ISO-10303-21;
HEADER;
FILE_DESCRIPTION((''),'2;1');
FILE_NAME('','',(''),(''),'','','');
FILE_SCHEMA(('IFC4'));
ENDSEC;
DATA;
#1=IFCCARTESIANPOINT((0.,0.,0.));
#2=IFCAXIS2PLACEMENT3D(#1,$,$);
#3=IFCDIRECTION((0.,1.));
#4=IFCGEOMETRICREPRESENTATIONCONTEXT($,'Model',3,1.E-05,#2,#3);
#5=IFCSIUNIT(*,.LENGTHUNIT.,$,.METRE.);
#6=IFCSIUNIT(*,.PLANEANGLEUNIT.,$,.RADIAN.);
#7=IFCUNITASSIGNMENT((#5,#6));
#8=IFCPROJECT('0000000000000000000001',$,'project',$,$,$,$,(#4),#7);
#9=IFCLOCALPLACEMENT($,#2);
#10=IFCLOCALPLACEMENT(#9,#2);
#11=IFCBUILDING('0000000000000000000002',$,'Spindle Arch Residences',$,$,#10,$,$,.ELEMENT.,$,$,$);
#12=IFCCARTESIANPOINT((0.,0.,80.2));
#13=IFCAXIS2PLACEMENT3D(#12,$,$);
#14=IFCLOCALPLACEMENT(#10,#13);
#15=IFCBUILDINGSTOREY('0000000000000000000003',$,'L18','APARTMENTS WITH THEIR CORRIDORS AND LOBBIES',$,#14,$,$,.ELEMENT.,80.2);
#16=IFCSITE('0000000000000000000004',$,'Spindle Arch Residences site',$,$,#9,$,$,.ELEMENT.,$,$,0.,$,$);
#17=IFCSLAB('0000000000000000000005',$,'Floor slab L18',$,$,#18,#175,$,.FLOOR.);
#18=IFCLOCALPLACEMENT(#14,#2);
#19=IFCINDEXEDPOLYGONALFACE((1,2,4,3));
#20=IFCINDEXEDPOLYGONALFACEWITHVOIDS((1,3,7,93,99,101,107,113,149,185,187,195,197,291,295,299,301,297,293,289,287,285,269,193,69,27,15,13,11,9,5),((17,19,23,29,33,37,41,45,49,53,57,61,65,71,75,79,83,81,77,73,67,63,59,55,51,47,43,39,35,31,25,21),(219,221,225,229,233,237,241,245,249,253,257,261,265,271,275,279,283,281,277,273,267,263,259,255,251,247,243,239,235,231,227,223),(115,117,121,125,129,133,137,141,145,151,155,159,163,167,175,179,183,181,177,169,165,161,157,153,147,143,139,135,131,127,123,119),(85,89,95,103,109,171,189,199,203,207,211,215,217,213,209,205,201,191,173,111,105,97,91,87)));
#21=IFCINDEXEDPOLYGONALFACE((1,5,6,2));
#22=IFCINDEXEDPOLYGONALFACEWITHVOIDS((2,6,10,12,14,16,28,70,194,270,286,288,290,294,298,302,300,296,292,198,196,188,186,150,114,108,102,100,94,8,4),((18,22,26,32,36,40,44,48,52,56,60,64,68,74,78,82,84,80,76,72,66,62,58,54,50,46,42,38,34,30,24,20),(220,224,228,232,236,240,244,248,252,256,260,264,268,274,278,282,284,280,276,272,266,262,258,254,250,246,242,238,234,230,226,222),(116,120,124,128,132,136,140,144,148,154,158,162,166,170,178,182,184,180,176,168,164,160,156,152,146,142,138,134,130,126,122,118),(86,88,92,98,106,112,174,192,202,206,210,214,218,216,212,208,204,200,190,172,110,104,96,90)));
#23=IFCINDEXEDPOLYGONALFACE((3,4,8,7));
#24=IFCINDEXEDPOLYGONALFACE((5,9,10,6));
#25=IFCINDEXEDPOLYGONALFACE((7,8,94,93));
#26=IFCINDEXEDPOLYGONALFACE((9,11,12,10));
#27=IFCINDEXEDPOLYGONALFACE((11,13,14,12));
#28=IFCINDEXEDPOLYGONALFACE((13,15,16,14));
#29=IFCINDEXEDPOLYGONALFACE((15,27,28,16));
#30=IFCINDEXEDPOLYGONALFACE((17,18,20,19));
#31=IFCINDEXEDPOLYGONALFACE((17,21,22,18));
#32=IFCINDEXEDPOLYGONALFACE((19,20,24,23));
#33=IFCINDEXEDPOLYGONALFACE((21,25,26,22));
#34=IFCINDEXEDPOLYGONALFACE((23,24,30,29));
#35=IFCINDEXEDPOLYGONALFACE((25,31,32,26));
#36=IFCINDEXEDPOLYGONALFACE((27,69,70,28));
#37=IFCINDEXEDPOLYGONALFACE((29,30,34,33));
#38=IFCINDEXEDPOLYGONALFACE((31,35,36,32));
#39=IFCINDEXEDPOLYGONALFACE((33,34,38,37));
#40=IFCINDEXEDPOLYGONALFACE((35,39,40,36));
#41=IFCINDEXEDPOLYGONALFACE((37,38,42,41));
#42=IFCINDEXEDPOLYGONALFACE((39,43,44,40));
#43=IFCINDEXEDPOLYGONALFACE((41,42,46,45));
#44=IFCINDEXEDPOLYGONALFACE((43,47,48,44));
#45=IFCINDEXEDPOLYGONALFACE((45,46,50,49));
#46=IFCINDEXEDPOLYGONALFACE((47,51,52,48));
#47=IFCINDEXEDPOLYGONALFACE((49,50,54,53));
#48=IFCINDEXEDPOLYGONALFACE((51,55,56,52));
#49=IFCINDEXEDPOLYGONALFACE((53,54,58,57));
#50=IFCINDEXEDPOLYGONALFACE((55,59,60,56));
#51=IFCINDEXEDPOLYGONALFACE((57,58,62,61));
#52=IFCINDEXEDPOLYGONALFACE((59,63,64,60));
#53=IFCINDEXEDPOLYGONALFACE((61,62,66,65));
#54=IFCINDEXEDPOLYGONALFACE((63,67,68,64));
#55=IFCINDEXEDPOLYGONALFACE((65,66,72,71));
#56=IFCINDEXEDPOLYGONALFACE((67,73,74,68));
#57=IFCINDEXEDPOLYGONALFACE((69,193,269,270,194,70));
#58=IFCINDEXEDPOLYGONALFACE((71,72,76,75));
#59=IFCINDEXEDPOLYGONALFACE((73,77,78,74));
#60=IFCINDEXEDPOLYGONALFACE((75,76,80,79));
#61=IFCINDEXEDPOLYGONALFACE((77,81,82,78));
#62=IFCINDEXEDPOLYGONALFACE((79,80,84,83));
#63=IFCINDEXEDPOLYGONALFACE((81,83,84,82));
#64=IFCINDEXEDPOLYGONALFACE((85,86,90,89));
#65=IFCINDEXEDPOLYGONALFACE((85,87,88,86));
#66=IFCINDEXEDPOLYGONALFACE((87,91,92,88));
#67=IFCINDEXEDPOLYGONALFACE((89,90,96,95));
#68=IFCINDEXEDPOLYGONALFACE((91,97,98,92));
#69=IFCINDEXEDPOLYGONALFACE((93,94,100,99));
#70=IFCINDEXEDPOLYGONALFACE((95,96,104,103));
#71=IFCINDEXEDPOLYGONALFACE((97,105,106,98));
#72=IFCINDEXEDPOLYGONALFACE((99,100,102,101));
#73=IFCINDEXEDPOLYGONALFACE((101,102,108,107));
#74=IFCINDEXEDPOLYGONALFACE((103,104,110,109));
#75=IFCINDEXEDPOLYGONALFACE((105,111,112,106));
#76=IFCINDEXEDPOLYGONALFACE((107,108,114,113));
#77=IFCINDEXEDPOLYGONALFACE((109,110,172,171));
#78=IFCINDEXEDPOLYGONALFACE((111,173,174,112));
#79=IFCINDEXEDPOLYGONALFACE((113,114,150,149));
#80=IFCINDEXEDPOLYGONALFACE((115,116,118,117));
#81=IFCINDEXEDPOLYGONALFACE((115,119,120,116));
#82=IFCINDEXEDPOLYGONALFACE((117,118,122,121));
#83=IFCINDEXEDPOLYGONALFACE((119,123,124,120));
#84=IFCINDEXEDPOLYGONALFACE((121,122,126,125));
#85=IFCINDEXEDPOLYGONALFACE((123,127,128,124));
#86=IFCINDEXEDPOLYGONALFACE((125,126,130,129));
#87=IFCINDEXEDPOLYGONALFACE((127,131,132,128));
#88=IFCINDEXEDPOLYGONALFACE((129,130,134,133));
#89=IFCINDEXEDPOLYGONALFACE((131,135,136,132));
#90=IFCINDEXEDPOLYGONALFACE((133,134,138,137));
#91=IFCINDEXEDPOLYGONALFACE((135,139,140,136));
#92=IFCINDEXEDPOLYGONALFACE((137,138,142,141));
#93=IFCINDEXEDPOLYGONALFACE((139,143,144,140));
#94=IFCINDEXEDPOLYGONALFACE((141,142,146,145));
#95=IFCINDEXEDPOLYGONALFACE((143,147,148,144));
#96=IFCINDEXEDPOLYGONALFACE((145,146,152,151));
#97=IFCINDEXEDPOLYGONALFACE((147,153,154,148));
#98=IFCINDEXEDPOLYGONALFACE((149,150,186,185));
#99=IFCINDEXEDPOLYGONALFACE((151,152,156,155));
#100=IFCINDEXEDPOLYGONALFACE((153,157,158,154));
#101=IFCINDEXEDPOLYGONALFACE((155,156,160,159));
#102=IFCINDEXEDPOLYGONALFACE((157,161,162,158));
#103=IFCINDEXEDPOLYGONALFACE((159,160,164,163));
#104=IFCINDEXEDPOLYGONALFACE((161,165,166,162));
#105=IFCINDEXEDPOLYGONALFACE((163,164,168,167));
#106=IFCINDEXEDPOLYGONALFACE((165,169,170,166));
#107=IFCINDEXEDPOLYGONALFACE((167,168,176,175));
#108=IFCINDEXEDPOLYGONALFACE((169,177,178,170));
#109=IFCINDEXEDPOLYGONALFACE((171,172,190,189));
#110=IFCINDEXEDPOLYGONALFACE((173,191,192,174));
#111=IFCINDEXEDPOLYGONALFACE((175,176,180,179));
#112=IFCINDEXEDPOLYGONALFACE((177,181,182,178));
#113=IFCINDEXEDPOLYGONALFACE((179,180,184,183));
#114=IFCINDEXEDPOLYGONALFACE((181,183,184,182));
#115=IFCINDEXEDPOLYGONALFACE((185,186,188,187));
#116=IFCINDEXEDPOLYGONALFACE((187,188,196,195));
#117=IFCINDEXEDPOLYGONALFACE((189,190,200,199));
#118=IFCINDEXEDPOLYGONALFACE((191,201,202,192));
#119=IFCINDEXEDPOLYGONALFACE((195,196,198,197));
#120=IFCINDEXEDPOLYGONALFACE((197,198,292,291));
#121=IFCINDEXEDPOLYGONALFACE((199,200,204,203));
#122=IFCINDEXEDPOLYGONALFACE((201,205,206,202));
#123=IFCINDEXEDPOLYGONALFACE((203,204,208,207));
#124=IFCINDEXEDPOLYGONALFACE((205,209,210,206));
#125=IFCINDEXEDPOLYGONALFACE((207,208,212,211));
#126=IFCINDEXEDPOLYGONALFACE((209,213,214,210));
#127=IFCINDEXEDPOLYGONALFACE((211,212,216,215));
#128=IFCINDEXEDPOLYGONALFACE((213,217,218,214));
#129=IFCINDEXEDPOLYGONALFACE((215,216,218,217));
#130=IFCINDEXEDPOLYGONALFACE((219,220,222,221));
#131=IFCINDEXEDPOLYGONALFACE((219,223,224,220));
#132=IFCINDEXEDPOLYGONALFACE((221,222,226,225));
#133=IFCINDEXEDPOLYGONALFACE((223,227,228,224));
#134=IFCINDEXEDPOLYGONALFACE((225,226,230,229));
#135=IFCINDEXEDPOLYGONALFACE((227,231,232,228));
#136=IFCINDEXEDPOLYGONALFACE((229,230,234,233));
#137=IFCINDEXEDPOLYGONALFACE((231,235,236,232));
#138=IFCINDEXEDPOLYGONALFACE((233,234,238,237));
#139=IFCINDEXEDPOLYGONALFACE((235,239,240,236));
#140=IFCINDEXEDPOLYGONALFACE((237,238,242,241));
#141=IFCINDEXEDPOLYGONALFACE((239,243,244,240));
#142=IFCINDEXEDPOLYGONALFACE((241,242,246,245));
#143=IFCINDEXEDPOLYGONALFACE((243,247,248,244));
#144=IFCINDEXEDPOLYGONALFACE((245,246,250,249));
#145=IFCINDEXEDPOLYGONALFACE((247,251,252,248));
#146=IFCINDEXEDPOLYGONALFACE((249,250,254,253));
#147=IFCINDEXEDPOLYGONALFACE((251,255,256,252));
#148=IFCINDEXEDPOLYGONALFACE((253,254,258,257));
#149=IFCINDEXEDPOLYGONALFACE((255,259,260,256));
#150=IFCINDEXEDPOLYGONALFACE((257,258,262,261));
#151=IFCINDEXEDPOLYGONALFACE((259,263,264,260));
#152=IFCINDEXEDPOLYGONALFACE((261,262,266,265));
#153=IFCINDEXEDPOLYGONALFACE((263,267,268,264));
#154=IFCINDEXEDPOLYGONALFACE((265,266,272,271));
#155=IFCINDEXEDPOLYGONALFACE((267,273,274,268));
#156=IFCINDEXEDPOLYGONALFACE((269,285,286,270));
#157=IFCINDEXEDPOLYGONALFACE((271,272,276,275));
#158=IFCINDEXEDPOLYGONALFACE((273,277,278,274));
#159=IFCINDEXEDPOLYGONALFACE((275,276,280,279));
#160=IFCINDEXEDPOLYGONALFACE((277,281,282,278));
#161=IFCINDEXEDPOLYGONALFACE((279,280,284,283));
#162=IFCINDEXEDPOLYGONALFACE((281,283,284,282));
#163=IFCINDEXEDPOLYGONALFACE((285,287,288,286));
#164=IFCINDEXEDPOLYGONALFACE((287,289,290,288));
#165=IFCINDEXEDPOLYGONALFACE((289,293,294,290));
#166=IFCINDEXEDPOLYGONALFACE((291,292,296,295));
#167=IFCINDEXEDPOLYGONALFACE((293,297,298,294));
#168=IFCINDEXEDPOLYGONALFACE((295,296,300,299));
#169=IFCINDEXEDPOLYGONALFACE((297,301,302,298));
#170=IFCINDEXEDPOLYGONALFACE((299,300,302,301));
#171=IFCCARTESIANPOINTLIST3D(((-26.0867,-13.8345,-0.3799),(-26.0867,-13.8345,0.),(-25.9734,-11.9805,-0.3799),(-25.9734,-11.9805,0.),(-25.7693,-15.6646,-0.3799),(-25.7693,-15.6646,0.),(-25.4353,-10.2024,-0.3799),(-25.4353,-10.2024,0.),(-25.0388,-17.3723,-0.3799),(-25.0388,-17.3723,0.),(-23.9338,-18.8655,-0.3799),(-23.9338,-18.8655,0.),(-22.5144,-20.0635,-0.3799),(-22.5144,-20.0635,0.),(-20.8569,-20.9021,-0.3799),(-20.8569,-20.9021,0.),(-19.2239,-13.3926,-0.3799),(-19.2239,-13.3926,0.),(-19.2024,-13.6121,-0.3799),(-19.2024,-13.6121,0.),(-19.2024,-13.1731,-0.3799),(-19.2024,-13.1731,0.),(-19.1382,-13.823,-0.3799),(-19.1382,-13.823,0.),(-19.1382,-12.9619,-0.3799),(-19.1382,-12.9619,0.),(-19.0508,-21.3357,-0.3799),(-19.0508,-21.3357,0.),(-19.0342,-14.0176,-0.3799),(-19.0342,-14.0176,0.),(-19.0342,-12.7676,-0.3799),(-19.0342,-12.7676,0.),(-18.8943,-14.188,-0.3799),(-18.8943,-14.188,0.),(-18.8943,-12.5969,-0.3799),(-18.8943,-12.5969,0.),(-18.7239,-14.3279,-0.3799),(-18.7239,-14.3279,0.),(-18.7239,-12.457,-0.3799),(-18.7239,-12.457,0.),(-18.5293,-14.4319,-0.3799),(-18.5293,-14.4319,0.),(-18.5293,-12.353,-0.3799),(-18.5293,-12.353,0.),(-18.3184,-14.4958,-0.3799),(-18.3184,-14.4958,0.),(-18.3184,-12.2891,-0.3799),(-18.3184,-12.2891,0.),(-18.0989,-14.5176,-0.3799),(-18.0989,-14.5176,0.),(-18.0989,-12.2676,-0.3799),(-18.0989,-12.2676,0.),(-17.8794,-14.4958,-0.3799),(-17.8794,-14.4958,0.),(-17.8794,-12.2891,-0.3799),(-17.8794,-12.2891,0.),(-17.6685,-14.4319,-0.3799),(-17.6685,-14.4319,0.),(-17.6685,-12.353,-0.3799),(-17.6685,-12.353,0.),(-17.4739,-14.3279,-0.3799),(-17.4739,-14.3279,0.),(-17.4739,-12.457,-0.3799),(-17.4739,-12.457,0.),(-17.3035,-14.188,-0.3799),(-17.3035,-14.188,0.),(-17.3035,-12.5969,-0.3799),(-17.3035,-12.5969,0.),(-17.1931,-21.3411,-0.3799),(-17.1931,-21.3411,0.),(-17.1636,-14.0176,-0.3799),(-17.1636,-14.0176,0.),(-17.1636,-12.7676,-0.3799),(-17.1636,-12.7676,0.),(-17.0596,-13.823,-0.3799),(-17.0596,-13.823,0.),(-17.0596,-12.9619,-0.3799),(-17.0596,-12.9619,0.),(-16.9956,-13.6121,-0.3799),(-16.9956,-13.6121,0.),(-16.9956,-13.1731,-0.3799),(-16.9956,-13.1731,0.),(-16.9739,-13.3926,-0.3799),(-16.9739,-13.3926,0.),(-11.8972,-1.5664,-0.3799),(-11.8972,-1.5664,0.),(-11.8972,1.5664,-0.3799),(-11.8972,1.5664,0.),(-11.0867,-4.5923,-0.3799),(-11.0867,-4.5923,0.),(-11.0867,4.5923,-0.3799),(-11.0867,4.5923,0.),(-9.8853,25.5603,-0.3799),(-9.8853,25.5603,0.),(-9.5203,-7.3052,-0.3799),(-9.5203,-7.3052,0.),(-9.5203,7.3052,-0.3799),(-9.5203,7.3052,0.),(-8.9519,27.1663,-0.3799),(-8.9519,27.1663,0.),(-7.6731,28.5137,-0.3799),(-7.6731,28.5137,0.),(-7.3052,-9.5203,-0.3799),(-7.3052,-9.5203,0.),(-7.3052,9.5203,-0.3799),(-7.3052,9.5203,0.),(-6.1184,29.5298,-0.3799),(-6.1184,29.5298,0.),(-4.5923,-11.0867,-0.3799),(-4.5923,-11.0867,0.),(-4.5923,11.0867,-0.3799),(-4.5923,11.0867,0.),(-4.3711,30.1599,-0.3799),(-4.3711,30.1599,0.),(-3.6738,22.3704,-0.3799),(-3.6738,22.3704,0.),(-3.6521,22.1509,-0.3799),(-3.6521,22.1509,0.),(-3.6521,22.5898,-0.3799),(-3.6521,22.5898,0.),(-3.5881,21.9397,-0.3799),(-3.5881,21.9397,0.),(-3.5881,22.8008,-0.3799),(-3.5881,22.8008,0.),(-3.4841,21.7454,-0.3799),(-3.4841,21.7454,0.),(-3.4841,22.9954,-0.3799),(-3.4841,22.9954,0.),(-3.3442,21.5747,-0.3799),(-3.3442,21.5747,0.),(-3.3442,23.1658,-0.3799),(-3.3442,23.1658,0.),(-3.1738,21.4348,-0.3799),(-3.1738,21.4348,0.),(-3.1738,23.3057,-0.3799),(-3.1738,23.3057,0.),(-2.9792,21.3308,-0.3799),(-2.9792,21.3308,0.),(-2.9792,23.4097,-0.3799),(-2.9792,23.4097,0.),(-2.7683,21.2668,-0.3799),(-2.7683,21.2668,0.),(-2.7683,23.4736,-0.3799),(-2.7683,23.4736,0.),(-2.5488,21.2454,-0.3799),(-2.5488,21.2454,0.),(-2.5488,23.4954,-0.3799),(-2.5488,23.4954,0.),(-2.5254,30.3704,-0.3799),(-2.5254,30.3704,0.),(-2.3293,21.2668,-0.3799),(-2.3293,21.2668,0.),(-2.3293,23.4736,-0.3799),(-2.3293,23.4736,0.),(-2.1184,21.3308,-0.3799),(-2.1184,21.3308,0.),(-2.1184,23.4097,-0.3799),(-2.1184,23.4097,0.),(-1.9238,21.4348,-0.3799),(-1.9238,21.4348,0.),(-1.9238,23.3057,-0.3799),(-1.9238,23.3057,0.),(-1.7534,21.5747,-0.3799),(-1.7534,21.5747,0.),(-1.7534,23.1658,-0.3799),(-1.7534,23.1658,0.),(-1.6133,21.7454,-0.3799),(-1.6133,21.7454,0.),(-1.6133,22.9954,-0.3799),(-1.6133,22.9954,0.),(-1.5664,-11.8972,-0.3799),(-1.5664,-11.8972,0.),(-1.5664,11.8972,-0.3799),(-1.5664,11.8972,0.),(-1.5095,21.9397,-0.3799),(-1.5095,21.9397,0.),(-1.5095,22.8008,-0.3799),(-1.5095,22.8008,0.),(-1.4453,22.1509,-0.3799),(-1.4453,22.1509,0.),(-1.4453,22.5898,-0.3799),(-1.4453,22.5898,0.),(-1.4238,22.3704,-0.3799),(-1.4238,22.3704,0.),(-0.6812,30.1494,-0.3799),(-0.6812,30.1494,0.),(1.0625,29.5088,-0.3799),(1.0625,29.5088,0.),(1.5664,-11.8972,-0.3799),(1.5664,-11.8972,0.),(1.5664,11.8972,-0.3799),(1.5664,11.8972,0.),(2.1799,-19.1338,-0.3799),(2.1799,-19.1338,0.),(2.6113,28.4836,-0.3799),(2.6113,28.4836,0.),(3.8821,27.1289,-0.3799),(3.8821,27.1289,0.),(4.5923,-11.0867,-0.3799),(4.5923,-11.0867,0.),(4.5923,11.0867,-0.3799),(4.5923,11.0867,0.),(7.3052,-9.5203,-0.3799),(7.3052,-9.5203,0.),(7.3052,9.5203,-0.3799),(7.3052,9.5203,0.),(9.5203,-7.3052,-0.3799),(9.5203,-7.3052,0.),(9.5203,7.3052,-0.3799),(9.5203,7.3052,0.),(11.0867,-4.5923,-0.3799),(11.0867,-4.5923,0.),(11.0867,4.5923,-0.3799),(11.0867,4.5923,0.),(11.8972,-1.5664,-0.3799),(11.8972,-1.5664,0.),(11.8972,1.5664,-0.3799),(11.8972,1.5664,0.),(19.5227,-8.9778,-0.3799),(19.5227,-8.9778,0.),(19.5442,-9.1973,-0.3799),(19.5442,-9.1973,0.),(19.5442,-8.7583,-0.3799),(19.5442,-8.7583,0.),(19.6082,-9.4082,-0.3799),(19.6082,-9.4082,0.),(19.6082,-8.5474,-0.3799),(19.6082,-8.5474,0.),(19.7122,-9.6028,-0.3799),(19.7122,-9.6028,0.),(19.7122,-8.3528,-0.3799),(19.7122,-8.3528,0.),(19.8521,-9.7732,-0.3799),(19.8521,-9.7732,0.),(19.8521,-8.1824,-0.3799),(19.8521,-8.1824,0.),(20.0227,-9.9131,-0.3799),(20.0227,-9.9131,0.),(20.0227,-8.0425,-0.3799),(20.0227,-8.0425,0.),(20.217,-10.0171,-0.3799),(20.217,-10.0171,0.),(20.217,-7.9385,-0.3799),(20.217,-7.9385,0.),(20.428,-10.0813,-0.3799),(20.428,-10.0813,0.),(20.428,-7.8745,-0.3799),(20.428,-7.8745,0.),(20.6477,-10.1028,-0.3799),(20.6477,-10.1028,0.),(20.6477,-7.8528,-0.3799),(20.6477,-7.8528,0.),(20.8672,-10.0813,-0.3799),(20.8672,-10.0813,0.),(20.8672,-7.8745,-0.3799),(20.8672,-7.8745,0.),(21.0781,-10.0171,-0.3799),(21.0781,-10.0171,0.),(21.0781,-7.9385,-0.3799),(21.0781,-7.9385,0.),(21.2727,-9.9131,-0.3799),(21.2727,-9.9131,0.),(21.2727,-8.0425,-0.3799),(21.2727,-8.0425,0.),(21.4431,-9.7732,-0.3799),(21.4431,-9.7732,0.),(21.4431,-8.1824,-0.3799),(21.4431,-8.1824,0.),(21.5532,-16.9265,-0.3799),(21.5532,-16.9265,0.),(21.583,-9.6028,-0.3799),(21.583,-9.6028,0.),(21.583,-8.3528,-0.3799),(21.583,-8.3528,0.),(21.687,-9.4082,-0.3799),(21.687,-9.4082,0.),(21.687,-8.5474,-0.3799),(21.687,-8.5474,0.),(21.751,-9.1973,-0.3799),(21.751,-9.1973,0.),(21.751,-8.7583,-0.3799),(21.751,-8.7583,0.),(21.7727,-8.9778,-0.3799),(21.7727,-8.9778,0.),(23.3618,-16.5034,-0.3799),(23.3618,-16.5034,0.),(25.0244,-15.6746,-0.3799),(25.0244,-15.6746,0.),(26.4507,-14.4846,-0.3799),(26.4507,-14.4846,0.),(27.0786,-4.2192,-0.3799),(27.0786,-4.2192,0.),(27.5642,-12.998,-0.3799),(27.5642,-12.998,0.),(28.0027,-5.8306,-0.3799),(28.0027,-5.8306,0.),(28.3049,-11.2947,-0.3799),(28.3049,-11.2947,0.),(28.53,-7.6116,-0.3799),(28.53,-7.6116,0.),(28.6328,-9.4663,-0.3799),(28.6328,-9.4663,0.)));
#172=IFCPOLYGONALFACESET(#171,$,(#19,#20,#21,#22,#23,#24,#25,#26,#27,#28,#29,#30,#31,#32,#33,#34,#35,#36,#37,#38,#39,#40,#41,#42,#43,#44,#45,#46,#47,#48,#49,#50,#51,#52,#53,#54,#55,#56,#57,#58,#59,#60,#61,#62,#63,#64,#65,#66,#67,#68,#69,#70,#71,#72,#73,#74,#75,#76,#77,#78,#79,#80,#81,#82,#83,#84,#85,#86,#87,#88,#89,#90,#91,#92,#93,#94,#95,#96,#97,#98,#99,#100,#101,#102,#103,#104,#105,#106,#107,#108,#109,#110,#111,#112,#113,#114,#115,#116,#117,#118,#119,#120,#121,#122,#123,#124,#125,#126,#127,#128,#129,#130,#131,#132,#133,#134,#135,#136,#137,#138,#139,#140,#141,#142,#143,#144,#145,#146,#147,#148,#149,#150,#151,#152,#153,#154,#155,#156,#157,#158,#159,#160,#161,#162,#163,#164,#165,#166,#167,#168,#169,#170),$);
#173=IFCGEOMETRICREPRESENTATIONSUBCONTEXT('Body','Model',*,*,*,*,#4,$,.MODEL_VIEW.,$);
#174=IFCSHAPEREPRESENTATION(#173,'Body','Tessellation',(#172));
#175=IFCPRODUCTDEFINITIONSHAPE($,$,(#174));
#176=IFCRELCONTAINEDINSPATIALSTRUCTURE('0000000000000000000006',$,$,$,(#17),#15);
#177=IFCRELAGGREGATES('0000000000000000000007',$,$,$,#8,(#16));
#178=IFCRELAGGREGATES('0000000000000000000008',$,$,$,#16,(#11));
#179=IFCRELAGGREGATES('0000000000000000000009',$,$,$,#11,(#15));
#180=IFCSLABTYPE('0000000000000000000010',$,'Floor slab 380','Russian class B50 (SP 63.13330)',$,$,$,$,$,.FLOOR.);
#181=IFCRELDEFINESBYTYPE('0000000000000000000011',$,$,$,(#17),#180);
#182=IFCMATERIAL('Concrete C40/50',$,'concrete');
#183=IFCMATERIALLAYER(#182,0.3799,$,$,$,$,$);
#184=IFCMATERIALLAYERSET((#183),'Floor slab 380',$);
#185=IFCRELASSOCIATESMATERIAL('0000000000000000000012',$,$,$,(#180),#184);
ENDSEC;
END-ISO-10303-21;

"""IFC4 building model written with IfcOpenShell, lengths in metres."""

from ifc_helpers import new_model, si_unit, direction, frame, origin, place, context, subcontext, project, spatial, polyline, outline, extrude, material, layer, layer_set, type_object, element, save


model = new_model("IFC4")

# Units and contexts
model_context = context("Model", 3, precision=1e-05, world=origin(), true_north=direction((0.0, 1.0)))
body_context = subcontext(model_context, "Body", "Model", "MODEL_VIEW")
ifc_project = project(units=[si_unit("LENGTHUNIT", "METRE"), si_unit("PLANEANGLEUNIT", "RADIAN")], contexts=[model_context])

# Site, building, storey
site_placement = place(None, origin())
site = spatial("IfcSite", under=ifc_project, at=site_placement, Name="Spindle Arch Residences site", CompositionType="ELEMENT", RefElevation=0.0)
building_placement = place(site_placement, origin())
building = spatial("IfcBuilding", under=site, at=building_placement, Name="Spindle Arch Residences", CompositionType="ELEMENT")
storey_placement = place(building_placement, frame((0.0, 0.0, 80.2)))
storey = spatial("IfcBuildingStorey", under=building, at=storey_placement, Name="L18", Description="APARTMENTS WITH THEIR CORRIDORS AND LOBBIES", CompositionType="ELEMENT", Elevation=80.2)

# Slab
ifc_material_1 = material(Name="Concrete C40/50", Category="concrete")
ifc_layer_1 = layer(ifc_material_1, 0.3799)
ifc_layer_set_1 = layer_set([ifc_layer_1], Name="Floor slab 380")
slab_type = type_object("IfcSlabType", Name="Floor slab 380", Description="Russian class B50 (SP 63.13330)", PredefinedType="FLOOR", material=ifc_layer_set_1)
slab_placement = place(storey_placement, frame((0.0, 0.0, -0.3799)))
element("IfcSlab", 1, at=slab_placement, inside=storey, type_object=slab_type, Name="Floor slab L18", PredefinedType="FLOOR", context=body_context, shape_type="SweptSolid", body=[
    extrude(outline(polyline([(-19.0508, -21.3357), (-20.8569, -20.9021), (-22.5144, -20.0635), (-23.9338, -18.8655), (-25.0388, -17.3723), (-25.7693, -15.6646), (-26.0867, -13.8345), (-25.9734, -11.9805), (-25.4353, -10.2024), (-9.8853, 25.5603), (-8.9519, 27.1663), (-7.6731, 28.5137), (-6.1184, 29.5298), (-4.3711, 30.1599), (-2.5254, 30.3704), (-0.6812, 30.1494), (1.0625, 29.5088), (2.6113, 28.4836), (3.8821, 27.1289), (27.0786, -4.2192), (28.0027, -5.8306), (28.53, -7.6116), (28.6328, -9.4663), (28.3049, -11.2947), (27.5642, -12.998), (26.4507, -14.4846), (25.0244, -15.6746), (23.3618, -16.5034), (21.5532, -16.9265), (2.1799, -19.1338), (-17.1931, -21.3411), (-19.0508, -21.3357)]), holes=[polyline([(7.3052, -9.5203), (9.5203, -7.3052), (11.0867, -4.5923), (11.8972, -1.5664), (11.8972, 1.5664), (11.0867, 4.5923), (9.5203, 7.3052), (7.3052, 9.5203), (4.5923, 11.0867), (1.5664, 11.8972), (-1.5664, 11.8972), (-4.5923, 11.0867), (-7.3052, 9.5203), (-9.5203, 7.3052), (-11.0867, 4.5923), (-11.8972, 1.5664), (-11.8972, -1.5664), (-11.0867, -4.5923), (-9.5203, -7.3052), (-7.3052, -9.5203), (-4.5923, -11.0867), (-1.5664, -11.8972), (1.5664, -11.8972), (4.5923, -11.0867), (7.3052, -9.5203)]), polyline([(-17.3035, -14.188), (-17.1636, -14.0176), (-17.0596, -13.823), (-16.9956, -13.6121), (-16.9739, -13.3926), (-16.9956, -13.1731), (-17.0596, -12.9619), (-17.1636, -12.7676), (-17.3035, -12.5969), (-17.4739, -12.457), (-17.6685, -12.353), (-17.8794, -12.2891), (-18.0989, -12.2676), (-18.3184, -12.2891), (-18.5293, -12.353), (-18.7239, -12.457), (-18.8943, -12.5969), (-19.0342, -12.7676), (-19.1382, -12.9619), (-19.2024, -13.1731), (-19.2239, -13.3926), (-19.2024, -13.6121), (-19.1382, -13.823), (-19.0342, -14.0176), (-18.8943, -14.188), (-18.7239, -14.3279), (-18.5293, -14.4319), (-18.3184, -14.4958), (-18.0989, -14.5176), (-17.8794, -14.4958), (-17.6685, -14.4319), (-17.4739, -14.3279), (-17.3035, -14.188)]), polyline([(-1.7534, 21.5747), (-1.6133, 21.7454), (-1.5095, 21.9397), (-1.4453, 22.1509), (-1.4238, 22.3704), (-1.4453, 22.5898), (-1.5095, 22.8008), (-1.6133, 22.9954), (-1.7534, 23.1658), (-1.9238, 23.3057), (-2.1184, 23.4097), (-2.3293, 23.4736), (-2.5488, 23.4954), (-2.7683, 23.4736), (-2.9792, 23.4097), (-3.1738, 23.3057), (-3.3442, 23.1658), (-3.4841, 22.9954), (-3.5881, 22.8008), (-3.6521, 22.5898), (-3.6738, 22.3704), (-3.6521, 22.1509), (-3.5881, 21.9397), (-3.4841, 21.7454), (-3.3442, 21.5747), (-3.1738, 21.4348), (-2.9792, 21.3308), (-2.7683, 21.2668), (-2.5488, 21.2454), (-2.3293, 21.2668), (-2.1184, 21.3308), (-1.9238, 21.4348), (-1.7534, 21.5747)]), polyline([(21.4431, -9.7732), (21.583, -9.6028), (21.687, -9.4082), (21.751, -9.1973), (21.7727, -8.9778), (21.751, -8.7583), (21.687, -8.5474), (21.583, -8.3528), (21.4431, -8.1824), (21.2727, -8.0425), (21.0781, -7.9385), (20.8672, -7.8745), (20.6477, -7.8528), (20.428, -7.8745), (20.217, -7.9385), (20.0227, -8.0425), (19.8521, -8.1824), (19.7122, -8.3528), (19.6082, -8.5474), (19.5442, -8.7583), (19.5227, -8.9778), (19.5442, -9.1973), (19.6082, -9.4082), (19.7122, -9.6028), (19.8521, -9.7732), (20.0227, -9.9131), (20.217, -10.0171), (20.428, -10.0813), (20.6477, -10.1028), (20.8672, -10.0813), (21.0781, -10.0171), (21.2727, -9.9131), (21.4431, -9.7732)])]), origin(), (0.0, 0.0, 1.0), 0.3799),
])

save(model, "model.ifc")
